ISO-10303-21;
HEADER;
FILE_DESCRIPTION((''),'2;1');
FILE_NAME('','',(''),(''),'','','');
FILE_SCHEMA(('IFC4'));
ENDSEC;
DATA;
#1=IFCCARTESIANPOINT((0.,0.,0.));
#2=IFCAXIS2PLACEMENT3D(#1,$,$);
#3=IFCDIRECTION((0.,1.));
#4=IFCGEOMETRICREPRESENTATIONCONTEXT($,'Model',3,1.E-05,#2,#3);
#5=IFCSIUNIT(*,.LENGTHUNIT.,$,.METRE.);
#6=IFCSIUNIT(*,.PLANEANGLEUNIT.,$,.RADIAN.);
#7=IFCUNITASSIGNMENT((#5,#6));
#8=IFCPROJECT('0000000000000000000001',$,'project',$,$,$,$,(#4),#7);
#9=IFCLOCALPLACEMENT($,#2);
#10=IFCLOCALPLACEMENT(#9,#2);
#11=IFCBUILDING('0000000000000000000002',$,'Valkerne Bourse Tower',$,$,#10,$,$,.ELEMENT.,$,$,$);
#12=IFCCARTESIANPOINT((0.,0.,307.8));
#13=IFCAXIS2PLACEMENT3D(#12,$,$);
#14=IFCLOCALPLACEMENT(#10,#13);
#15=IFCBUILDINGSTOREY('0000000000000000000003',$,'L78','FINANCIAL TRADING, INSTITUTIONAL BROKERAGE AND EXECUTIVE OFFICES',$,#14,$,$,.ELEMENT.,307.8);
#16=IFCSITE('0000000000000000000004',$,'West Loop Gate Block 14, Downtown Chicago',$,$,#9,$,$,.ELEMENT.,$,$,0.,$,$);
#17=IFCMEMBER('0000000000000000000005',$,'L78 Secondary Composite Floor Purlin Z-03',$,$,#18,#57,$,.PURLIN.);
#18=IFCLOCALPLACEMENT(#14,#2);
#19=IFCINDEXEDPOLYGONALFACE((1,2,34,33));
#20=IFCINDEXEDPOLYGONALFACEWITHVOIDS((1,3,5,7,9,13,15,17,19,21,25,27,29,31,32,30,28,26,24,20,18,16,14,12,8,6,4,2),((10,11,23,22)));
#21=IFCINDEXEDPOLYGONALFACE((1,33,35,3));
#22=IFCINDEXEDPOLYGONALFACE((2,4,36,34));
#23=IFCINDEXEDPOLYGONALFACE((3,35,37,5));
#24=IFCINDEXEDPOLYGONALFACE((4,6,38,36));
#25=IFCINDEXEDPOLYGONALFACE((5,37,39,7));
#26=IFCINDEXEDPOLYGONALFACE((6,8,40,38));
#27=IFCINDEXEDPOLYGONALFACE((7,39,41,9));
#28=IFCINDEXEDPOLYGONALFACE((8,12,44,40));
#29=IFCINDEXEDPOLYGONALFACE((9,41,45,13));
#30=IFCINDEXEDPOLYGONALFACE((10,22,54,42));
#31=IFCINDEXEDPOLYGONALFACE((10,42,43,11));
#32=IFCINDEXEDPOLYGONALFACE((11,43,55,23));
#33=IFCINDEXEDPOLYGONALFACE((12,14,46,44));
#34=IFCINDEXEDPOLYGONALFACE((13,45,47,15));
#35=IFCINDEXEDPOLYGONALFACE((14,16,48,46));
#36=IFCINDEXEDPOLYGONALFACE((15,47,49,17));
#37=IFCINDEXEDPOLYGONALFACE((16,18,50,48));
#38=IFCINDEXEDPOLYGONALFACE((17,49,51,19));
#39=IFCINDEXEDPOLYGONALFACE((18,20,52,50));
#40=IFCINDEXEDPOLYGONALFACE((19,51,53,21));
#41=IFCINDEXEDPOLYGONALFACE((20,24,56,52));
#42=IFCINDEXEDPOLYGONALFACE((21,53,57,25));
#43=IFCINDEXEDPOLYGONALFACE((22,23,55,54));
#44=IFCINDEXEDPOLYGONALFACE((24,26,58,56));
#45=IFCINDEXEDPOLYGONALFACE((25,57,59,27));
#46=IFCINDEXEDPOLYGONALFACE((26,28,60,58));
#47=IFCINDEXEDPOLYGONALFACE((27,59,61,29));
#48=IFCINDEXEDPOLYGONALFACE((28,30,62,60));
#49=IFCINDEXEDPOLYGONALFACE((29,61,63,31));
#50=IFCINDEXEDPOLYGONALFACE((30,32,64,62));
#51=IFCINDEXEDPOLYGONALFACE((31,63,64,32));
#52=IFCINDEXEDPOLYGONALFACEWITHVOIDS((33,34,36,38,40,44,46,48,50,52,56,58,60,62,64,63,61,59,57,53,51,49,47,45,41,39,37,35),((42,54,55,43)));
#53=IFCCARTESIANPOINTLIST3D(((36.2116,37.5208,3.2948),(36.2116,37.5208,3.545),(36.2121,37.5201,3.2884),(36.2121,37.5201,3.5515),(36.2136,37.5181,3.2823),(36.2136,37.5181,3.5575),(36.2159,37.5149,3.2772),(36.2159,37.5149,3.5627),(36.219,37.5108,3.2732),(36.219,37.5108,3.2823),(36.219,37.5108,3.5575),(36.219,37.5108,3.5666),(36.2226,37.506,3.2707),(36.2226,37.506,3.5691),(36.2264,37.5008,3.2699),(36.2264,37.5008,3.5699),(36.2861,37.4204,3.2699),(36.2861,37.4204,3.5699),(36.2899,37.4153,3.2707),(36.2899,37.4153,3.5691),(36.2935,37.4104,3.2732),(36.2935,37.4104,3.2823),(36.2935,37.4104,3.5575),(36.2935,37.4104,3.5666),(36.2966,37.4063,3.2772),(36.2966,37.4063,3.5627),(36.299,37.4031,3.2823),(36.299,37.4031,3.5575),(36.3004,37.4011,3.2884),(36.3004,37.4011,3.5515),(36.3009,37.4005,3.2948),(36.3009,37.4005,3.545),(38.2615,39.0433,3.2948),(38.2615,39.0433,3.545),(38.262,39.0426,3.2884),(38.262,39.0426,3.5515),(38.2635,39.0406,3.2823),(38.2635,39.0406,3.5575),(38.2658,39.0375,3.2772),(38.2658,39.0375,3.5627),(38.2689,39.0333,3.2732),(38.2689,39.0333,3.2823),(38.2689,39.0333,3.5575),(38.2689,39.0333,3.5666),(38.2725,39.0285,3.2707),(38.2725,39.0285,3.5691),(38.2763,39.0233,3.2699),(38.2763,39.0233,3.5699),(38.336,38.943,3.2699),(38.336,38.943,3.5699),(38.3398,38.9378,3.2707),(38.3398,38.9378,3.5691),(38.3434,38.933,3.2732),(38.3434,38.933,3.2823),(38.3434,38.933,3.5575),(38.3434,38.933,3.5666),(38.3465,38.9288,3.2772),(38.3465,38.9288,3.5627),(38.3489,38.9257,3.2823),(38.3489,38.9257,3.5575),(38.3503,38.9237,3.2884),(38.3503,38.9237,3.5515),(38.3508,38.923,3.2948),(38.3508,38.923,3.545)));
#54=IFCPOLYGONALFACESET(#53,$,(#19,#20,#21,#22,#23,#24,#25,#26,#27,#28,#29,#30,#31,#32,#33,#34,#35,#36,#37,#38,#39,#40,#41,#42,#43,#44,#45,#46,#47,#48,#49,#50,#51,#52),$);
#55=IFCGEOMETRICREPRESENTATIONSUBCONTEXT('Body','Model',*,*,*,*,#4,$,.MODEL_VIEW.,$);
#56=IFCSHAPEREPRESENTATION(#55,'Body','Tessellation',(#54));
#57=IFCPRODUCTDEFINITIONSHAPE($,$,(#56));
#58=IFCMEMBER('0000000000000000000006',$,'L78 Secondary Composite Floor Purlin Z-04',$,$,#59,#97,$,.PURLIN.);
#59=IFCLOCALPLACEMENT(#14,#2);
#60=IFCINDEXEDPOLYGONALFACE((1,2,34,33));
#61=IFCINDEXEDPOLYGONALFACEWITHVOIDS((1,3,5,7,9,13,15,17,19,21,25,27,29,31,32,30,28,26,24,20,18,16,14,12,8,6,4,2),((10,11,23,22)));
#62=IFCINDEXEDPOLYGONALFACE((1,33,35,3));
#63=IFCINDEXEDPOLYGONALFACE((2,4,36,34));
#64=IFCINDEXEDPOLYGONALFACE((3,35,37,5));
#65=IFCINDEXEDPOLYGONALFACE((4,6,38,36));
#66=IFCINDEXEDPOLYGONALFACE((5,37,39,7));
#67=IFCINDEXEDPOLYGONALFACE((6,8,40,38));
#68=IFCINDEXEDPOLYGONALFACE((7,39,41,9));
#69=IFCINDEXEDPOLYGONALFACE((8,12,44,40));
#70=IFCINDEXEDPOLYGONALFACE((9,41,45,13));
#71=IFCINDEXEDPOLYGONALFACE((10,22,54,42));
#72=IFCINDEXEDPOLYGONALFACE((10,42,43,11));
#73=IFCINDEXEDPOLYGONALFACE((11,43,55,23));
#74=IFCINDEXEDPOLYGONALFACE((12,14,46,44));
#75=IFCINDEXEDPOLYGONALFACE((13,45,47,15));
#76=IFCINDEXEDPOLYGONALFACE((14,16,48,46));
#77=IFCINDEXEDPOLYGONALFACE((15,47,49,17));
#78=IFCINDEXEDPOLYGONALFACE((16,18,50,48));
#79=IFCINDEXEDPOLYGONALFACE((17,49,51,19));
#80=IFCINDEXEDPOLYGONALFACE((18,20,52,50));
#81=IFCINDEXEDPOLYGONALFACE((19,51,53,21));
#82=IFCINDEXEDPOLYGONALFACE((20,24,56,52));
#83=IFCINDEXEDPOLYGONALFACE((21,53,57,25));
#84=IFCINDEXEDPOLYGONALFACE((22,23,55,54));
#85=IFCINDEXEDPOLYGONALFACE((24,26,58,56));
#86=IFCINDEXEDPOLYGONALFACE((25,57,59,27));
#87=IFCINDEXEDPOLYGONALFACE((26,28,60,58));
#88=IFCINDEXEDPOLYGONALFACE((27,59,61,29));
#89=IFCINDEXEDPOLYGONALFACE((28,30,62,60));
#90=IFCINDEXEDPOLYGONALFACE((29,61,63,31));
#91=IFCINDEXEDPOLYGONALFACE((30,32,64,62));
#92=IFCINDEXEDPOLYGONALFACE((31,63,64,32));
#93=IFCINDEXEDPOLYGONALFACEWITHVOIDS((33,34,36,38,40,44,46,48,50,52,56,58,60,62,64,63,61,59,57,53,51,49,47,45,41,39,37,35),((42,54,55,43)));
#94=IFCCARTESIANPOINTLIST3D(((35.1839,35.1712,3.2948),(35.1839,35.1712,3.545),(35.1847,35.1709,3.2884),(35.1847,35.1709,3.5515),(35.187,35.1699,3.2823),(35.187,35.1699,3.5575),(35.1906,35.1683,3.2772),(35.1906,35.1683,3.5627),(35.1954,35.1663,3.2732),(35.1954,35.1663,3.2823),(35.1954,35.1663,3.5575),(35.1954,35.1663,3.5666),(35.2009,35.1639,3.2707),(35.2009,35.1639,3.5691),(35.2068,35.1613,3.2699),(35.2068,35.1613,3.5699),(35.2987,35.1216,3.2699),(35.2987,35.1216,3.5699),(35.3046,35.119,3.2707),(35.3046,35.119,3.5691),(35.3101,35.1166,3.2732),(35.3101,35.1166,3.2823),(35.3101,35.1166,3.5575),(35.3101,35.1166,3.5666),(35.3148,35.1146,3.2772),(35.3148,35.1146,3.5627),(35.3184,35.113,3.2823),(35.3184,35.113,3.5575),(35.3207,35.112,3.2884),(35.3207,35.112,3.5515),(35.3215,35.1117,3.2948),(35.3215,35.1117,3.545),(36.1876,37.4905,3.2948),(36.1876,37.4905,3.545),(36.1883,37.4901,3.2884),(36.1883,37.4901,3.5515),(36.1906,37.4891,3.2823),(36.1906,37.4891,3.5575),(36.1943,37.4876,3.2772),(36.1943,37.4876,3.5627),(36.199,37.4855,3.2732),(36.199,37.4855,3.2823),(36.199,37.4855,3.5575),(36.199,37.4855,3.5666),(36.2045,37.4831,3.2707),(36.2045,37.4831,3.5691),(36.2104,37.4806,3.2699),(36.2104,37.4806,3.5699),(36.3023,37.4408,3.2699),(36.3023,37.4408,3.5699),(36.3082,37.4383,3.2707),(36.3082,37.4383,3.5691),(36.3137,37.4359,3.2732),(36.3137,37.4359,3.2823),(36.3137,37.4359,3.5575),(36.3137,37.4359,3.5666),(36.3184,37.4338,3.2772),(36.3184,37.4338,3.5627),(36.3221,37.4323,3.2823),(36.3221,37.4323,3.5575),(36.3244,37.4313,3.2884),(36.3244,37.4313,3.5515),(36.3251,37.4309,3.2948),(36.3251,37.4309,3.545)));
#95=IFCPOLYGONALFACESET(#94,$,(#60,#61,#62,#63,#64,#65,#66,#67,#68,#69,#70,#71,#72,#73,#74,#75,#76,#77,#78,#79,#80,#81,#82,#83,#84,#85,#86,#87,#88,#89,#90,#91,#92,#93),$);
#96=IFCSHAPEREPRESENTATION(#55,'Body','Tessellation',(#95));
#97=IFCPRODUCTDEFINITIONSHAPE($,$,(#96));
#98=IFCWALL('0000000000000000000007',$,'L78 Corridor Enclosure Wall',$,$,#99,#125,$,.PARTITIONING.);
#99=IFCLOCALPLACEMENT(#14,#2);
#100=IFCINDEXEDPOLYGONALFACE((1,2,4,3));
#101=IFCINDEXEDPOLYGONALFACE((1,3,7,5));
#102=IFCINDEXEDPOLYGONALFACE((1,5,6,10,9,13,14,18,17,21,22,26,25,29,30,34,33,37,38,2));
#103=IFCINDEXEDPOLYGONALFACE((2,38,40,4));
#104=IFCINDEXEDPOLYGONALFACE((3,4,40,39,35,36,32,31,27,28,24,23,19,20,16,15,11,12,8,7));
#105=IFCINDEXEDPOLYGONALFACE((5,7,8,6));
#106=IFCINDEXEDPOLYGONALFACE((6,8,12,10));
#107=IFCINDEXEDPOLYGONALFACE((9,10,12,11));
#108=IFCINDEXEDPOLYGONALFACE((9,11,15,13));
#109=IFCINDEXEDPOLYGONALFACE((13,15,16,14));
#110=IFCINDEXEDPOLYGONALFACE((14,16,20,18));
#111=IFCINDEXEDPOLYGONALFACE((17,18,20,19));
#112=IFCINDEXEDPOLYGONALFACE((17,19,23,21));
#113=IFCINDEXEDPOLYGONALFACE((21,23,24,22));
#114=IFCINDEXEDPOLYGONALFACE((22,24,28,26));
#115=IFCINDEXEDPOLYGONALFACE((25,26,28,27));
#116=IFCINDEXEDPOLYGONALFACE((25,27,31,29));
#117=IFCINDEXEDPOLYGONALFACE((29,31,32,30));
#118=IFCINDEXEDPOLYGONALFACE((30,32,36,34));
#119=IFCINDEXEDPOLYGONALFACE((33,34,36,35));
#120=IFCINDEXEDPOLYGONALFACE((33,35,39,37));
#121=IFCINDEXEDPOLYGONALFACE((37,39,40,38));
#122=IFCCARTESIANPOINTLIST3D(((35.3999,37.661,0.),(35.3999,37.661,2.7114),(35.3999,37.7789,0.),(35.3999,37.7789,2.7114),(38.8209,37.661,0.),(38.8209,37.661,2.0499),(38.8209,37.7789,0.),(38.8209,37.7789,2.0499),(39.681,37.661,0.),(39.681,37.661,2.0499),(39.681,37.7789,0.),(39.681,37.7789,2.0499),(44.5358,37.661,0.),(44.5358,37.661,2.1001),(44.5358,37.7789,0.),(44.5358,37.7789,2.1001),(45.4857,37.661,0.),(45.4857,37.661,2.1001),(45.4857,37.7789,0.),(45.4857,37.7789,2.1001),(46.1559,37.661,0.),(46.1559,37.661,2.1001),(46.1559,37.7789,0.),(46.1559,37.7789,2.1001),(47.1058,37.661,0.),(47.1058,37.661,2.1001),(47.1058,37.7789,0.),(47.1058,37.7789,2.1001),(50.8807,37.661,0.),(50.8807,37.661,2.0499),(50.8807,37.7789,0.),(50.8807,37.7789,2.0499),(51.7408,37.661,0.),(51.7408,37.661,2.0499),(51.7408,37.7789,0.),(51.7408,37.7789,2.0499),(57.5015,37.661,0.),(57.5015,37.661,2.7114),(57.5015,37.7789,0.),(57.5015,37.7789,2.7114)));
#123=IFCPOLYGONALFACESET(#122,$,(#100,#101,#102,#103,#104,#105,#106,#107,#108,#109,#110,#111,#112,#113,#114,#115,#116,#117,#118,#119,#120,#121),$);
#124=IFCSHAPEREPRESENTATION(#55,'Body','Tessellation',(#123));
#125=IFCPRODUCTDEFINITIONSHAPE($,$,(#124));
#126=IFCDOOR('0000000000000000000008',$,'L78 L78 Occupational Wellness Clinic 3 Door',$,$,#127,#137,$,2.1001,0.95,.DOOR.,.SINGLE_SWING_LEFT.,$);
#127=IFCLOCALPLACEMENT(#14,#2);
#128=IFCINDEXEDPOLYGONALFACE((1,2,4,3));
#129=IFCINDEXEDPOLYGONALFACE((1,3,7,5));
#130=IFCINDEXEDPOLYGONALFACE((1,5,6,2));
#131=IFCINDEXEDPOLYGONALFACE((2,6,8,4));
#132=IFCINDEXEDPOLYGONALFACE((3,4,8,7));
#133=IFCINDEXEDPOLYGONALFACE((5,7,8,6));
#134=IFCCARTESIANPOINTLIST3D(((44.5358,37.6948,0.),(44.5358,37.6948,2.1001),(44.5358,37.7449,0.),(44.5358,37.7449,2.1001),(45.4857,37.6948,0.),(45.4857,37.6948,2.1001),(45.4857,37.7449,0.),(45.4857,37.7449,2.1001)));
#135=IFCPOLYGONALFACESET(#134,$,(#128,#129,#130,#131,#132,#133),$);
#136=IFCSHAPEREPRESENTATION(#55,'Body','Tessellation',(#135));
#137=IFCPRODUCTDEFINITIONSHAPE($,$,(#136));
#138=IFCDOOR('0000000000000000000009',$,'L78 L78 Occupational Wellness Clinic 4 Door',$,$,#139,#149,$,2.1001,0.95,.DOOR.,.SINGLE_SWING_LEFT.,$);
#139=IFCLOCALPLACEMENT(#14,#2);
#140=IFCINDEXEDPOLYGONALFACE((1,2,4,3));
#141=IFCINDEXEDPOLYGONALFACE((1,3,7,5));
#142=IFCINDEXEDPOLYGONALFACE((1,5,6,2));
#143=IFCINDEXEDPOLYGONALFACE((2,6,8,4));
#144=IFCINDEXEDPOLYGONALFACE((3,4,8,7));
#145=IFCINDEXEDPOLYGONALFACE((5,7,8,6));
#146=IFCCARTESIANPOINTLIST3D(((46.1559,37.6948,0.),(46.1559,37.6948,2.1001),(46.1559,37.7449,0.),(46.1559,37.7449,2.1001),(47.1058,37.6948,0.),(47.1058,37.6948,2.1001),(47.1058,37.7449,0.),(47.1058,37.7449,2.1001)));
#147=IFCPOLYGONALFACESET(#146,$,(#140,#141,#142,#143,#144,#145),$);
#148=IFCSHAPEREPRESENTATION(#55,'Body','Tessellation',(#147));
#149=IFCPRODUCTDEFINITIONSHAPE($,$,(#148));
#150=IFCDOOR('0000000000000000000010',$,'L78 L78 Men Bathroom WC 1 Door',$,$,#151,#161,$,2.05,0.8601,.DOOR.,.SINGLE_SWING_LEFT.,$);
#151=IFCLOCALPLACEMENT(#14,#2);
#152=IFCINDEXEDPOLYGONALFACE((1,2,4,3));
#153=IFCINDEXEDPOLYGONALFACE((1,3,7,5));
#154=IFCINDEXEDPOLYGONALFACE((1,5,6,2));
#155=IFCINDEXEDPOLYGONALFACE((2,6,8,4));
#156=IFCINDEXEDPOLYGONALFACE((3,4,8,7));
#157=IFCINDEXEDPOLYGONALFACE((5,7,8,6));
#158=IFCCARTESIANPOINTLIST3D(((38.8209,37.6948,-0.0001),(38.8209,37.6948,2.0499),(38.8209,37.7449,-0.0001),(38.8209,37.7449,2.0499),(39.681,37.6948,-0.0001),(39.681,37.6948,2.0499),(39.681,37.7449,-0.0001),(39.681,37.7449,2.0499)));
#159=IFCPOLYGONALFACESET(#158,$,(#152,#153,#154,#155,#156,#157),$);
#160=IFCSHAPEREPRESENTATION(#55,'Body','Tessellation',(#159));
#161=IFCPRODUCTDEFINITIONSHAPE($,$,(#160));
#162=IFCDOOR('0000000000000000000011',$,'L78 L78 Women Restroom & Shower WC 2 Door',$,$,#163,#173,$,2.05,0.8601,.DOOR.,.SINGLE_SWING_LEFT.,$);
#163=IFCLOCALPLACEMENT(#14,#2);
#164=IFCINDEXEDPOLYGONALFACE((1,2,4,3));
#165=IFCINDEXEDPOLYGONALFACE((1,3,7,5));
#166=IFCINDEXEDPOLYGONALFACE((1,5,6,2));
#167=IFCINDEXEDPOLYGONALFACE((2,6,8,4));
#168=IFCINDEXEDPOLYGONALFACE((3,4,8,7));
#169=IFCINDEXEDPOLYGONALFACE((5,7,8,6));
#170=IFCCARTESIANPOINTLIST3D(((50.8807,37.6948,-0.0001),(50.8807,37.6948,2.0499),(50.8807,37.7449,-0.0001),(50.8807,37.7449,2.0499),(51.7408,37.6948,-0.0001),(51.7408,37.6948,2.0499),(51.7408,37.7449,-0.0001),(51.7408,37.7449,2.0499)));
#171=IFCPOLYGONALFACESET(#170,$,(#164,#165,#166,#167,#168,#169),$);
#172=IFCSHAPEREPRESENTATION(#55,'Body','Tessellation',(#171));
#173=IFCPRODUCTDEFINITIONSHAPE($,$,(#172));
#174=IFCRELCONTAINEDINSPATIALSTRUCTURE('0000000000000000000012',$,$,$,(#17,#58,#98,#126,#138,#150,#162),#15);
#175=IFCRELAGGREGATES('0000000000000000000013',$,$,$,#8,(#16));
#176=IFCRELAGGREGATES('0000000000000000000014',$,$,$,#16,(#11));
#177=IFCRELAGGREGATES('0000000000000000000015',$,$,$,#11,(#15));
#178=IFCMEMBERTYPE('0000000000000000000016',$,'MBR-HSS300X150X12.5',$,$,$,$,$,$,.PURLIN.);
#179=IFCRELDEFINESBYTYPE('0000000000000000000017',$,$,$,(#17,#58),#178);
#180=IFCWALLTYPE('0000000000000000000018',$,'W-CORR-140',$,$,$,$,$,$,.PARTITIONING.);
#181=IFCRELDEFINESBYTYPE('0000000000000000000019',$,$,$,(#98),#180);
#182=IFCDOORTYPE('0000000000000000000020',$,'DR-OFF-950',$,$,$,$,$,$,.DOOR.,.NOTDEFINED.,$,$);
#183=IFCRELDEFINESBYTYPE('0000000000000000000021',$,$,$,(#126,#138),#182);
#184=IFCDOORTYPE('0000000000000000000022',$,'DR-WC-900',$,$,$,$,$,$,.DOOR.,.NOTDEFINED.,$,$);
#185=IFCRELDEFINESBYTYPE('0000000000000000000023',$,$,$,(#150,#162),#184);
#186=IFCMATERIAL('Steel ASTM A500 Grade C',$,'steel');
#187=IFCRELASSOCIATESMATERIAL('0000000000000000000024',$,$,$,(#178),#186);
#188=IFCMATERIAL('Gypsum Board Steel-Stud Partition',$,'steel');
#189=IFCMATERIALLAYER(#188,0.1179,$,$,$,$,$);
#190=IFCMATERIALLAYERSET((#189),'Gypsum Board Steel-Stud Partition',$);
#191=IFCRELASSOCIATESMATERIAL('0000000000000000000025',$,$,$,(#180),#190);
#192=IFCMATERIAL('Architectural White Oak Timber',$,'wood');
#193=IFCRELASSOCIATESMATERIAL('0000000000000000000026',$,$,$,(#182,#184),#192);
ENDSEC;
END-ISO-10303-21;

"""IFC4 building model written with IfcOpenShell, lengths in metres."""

from ifc_helpers import new_model, si_unit, direction, frame, frame_2d, origin, origin_2d, place, context, subcontext, project, spatial, rectangle, hollow_rectangle, extrude, material, layer, layer_set, material_profile, profile_set, type_object, element, fill, save


model = new_model("IFC4")

# Units and contexts
model_context = context("Model", 3, precision=1e-05, world=origin(), true_north=direction((0.0, 1.0)))
body_context = subcontext(model_context, "Body", "Model", "MODEL_VIEW")
ifc_project = project(units=[si_unit("LENGTHUNIT", "METRE"), si_unit("PLANEANGLEUNIT", "RADIAN")], contexts=[model_context])

# Site, building, storey
site_placement = place(None, origin())
site = spatial("IfcSite", under=ifc_project, at=site_placement, Name="West Loop Gate Block 14, Downtown Chicago", CompositionType="ELEMENT", RefElevation=0.0)
building_placement = place(site_placement, origin())
building = spatial("IfcBuilding", under=site, at=building_placement, Name="Valkerne Bourse Tower", CompositionType="ELEMENT")
storey_placement = place(building_placement, frame((0.0, 0.0, 307.8)))
storey = spatial("IfcBuildingStorey", under=building, at=storey_placement, Name="L78", Description="FINANCIAL TRADING, INSTITUTIONAL BROKERAGE AND EXECUTIVE OFFICES", CompositionType="ELEMENT", Elevation=307.8)

# Members
ifc_material_1 = material(Name="Steel ASTM A500 Grade C", Category="steel")
ifc_material_profile_1 = material_profile(ifc_material_1, hollow_rectangle(XDim=0.1499, YDim=0.3, WallThickness=0.0125, OuterFilletRadius=0.0249, at=origin_2d()), Name="HSS300X150X12.5")
ifc_profile_set_1 = profile_set([ifc_material_profile_1], Name="Steel ASTM A500 Grade C")
member_type_1 = type_object("IfcMemberType", Name="MBR-HSS300X150X12.5", PredefinedType="PURLIN", material=ifc_profile_set_1)
member_1_placement = place(storey_placement, frame((38.3062, 38.9832, 3.4199), z_axis=(-0.802791, -0.596261, 0.0), x_axis=(0.596261, -0.802791, 0.0)))
element("IfcMember", 1, at=member_1_placement, inside=storey, type_object=member_type_1, Name="L78 Secondary Composite Floor Purlin Z-03", PredefinedType="PURLIN", context=body_context, shape_type="SweptSolid", body=[
    extrude(hollow_rectangle(XDim=0.1499, YDim=0.3, WallThickness=0.0125, OuterFilletRadius=0.0249, at=origin_2d()), origin(), (0.0, 0.0, 1.0), 2.5535),
])
member_2_placement = place(storey_placement, frame((36.2563, 37.4607, 3.4199), z_axis=(-0.397146, -0.917755, 0.0), x_axis=(0.917755, -0.397146, 0.0)))
element("IfcMember", 2, at=member_2_placement, inside=storey, type_object=member_type_1, Name="L78 Secondary Composite Floor Purlin Z-04", PredefinedType="PURLIN", context=body_context, shape_type="SweptSolid", body=[
    extrude(hollow_rectangle(XDim=0.1499, YDim=0.3, WallThickness=0.0125, OuterFilletRadius=0.0249, at=origin_2d()), origin(), (0.0, 0.0, 1.0), 2.5271),
])

# Wall, openings, doors
ifc_material_2 = material(Name="Gypsum Board Steel-Stud Partition", Category="steel")
ifc_layer_1 = layer(ifc_material_2, 0.1179)
ifc_layer_set_1 = layer_set([ifc_layer_1], Name="Gypsum Board Steel-Stud Partition")
wall_type = type_object("IfcWallType", Name="W-CORR-140", PredefinedType="PARTITIONING", material=ifc_layer_set_1)
wall_placement = place(storey_placement, frame((35.3999, 37.72, 0.0), z_axis=(0.0, 0.0, 1.0), x_axis=(1.0, 0.0, 0.0)))
wall = element("IfcWall", 3, at=wall_placement, inside=storey, type_object=wall_type, Name="L78 Corridor Enclosure Wall", PredefinedType="PARTITIONING", context=body_context, shape_type="SweptSolid", body=[
    extrude(rectangle(XDim=22.1016, YDim=0.1179, at=frame_2d((11.0508, 0.0))), origin(), (0.0, 0.0, 1.0), 2.7114),
])
opening_1_placement = place(wall_placement, frame((3.4209, 0.0, 0.0)))
opening_1 = element("IfcOpeningElement", 4, at=opening_1_placement, cuts=wall, PredefinedType="OPENING", context=body_context, shape_type="SweptSolid", body=[
    extrude(rectangle(XDim=0.8601, YDim=2.05, at=frame_2d((0.4302, 1.0249))), frame((0.0, 0.0688, 0.0), z_axis=(0.0, -1.0, 0.0), x_axis=(1.0, 0.0, 0.0)), (0.0, 0.0, 1.0), 0.1379),
])
opening_2_placement = place(wall_placement, frame((15.4807, 0.0, 0.0)))
opening_2 = element("IfcOpeningElement", 5, at=opening_2_placement, cuts=wall, PredefinedType="OPENING", context=body_context, shape_type="SweptSolid", body=[
    extrude(rectangle(XDim=0.8601, YDim=2.05, at=frame_2d((0.4302, 1.0249))), frame((0.0, 0.0688, 0.0), z_axis=(0.0, -1.0, 0.0), x_axis=(1.0, 0.0, 0.0)), (0.0, 0.0, 1.0), 0.1379),
])
opening_3_placement = place(wall_placement, frame((9.1357, 0.0, 0.0)))
opening_3 = element("IfcOpeningElement", 6, at=opening_3_placement, cuts=wall, PredefinedType="OPENING", context=body_context, shape_type="SweptSolid", body=[
    extrude(rectangle(XDim=0.95, YDim=2.1001, at=frame_2d((0.4751, 1.05))), frame((0.0, 0.0688, 0.0), z_axis=(0.0, -1.0, 0.0), x_axis=(1.0, 0.0, 0.0)), (0.0, 0.0, 1.0), 0.1379),
])
opening_4_placement = place(wall_placement, frame((10.7559, 0.0, 0.0)))
opening_4 = element("IfcOpeningElement", 7, at=opening_4_placement, cuts=wall, PredefinedType="OPENING", context=body_context, shape_type="SweptSolid", body=[
    extrude(rectangle(XDim=0.95, YDim=2.1001, at=frame_2d((0.4751, 1.05))), frame((0.0, 0.0688, 0.0), z_axis=(0.0, -1.0, 0.0), x_axis=(1.0, 0.0, 0.0)), (0.0, 0.0, 1.0), 0.1379),
])
ifc_material_3 = material(Name="Architectural White Oak Timber", Category="wood")
door_type_1 = type_object("IfcDoorType", Name="DR-OFF-950", OperationType="NOTDEFINED", PredefinedType="DOOR", material=ifc_material_3)
door_1_placement = place(opening_3_placement, origin())
door_1 = element("IfcDoor", 8, at=door_1_placement, inside=storey, type_object=door_type_1, Name="L78 L78 Occupational Wellness Clinic 3 Door", OperationType="SINGLE_SWING_LEFT", OverallHeight=2.1001, OverallWidth=0.95, PredefinedType="DOOR", context=body_context, shape_type="SweptSolid", body=[
    extrude(rectangle(XDim=0.95, YDim=2.1001, at=frame_2d((0.4751, 1.05))), frame((0.0, 0.0249, 0.0), z_axis=(0.0, -1.0, 0.0), x_axis=(1.0, 0.0, 0.0)), (0.0, 0.0, 1.0), 0.05),
])
fill(opening_3, door_1)
door_2_placement = place(opening_4_placement, origin())
door_2 = element("IfcDoor", 9, at=door_2_placement, inside=storey, type_object=door_type_1, Name="L78 L78 Occupational Wellness Clinic 4 Door", OperationType="SINGLE_SWING_LEFT", OverallHeight=2.1001, OverallWidth=0.95, PredefinedType="DOOR", context=body_context, shape_type="SweptSolid", body=[
    extrude(rectangle(XDim=0.95, YDim=2.1001, at=frame_2d((0.4751, 1.05))), frame((0.0, 0.0249, 0.0), z_axis=(0.0, -1.0, 0.0), x_axis=(1.0, 0.0, 0.0)), (0.0, 0.0, 1.0), 0.05),
])
fill(opening_4, door_2)
door_type_2 = type_object("IfcDoorType", Name="DR-WC-900", OperationType="NOTDEFINED", PredefinedType="DOOR", material=ifc_material_3)
door_3_placement = place(opening_1_placement, origin())
door_3 = element("IfcDoor", 10, at=door_3_placement, inside=storey, type_object=door_type_2, Name="L78 L78 Men Bathroom WC 1 Door", OperationType="SINGLE_SWING_LEFT", OverallHeight=2.05, OverallWidth=0.8601, PredefinedType="DOOR", context=body_context, shape_type="SweptSolid", body=[
    extrude(rectangle(XDim=0.8601, YDim=2.05, at=frame_2d((0.4302, 1.0249))), frame((0.0, 0.0249, 0.0), z_axis=(0.0, -1.0, 0.0), x_axis=(1.0, 0.0, 0.0)), (0.0, 0.0, 1.0), 0.05),
])
fill(opening_1, door_3)
door_4_placement = place(opening_2_placement, origin())
door_4 = element("IfcDoor", 11, at=door_4_placement, inside=storey, type_object=door_type_2, Name="L78 L78 Women Restroom & Shower WC 2 Door", OperationType="SINGLE_SWING_LEFT", OverallHeight=2.05, OverallWidth=0.8601, PredefinedType="DOOR", context=body_context, shape_type="SweptSolid", body=[
    extrude(rectangle(XDim=0.8601, YDim=2.05, at=frame_2d((0.4302, 1.0249))), frame((0.0, 0.0249, 0.0), z_axis=(0.0, -1.0, 0.0), x_axis=(1.0, 0.0, 0.0)), (0.0, 0.0, 1.0), 0.05),
])
fill(opening_2, door_4)

save(model, "model.ifc")
